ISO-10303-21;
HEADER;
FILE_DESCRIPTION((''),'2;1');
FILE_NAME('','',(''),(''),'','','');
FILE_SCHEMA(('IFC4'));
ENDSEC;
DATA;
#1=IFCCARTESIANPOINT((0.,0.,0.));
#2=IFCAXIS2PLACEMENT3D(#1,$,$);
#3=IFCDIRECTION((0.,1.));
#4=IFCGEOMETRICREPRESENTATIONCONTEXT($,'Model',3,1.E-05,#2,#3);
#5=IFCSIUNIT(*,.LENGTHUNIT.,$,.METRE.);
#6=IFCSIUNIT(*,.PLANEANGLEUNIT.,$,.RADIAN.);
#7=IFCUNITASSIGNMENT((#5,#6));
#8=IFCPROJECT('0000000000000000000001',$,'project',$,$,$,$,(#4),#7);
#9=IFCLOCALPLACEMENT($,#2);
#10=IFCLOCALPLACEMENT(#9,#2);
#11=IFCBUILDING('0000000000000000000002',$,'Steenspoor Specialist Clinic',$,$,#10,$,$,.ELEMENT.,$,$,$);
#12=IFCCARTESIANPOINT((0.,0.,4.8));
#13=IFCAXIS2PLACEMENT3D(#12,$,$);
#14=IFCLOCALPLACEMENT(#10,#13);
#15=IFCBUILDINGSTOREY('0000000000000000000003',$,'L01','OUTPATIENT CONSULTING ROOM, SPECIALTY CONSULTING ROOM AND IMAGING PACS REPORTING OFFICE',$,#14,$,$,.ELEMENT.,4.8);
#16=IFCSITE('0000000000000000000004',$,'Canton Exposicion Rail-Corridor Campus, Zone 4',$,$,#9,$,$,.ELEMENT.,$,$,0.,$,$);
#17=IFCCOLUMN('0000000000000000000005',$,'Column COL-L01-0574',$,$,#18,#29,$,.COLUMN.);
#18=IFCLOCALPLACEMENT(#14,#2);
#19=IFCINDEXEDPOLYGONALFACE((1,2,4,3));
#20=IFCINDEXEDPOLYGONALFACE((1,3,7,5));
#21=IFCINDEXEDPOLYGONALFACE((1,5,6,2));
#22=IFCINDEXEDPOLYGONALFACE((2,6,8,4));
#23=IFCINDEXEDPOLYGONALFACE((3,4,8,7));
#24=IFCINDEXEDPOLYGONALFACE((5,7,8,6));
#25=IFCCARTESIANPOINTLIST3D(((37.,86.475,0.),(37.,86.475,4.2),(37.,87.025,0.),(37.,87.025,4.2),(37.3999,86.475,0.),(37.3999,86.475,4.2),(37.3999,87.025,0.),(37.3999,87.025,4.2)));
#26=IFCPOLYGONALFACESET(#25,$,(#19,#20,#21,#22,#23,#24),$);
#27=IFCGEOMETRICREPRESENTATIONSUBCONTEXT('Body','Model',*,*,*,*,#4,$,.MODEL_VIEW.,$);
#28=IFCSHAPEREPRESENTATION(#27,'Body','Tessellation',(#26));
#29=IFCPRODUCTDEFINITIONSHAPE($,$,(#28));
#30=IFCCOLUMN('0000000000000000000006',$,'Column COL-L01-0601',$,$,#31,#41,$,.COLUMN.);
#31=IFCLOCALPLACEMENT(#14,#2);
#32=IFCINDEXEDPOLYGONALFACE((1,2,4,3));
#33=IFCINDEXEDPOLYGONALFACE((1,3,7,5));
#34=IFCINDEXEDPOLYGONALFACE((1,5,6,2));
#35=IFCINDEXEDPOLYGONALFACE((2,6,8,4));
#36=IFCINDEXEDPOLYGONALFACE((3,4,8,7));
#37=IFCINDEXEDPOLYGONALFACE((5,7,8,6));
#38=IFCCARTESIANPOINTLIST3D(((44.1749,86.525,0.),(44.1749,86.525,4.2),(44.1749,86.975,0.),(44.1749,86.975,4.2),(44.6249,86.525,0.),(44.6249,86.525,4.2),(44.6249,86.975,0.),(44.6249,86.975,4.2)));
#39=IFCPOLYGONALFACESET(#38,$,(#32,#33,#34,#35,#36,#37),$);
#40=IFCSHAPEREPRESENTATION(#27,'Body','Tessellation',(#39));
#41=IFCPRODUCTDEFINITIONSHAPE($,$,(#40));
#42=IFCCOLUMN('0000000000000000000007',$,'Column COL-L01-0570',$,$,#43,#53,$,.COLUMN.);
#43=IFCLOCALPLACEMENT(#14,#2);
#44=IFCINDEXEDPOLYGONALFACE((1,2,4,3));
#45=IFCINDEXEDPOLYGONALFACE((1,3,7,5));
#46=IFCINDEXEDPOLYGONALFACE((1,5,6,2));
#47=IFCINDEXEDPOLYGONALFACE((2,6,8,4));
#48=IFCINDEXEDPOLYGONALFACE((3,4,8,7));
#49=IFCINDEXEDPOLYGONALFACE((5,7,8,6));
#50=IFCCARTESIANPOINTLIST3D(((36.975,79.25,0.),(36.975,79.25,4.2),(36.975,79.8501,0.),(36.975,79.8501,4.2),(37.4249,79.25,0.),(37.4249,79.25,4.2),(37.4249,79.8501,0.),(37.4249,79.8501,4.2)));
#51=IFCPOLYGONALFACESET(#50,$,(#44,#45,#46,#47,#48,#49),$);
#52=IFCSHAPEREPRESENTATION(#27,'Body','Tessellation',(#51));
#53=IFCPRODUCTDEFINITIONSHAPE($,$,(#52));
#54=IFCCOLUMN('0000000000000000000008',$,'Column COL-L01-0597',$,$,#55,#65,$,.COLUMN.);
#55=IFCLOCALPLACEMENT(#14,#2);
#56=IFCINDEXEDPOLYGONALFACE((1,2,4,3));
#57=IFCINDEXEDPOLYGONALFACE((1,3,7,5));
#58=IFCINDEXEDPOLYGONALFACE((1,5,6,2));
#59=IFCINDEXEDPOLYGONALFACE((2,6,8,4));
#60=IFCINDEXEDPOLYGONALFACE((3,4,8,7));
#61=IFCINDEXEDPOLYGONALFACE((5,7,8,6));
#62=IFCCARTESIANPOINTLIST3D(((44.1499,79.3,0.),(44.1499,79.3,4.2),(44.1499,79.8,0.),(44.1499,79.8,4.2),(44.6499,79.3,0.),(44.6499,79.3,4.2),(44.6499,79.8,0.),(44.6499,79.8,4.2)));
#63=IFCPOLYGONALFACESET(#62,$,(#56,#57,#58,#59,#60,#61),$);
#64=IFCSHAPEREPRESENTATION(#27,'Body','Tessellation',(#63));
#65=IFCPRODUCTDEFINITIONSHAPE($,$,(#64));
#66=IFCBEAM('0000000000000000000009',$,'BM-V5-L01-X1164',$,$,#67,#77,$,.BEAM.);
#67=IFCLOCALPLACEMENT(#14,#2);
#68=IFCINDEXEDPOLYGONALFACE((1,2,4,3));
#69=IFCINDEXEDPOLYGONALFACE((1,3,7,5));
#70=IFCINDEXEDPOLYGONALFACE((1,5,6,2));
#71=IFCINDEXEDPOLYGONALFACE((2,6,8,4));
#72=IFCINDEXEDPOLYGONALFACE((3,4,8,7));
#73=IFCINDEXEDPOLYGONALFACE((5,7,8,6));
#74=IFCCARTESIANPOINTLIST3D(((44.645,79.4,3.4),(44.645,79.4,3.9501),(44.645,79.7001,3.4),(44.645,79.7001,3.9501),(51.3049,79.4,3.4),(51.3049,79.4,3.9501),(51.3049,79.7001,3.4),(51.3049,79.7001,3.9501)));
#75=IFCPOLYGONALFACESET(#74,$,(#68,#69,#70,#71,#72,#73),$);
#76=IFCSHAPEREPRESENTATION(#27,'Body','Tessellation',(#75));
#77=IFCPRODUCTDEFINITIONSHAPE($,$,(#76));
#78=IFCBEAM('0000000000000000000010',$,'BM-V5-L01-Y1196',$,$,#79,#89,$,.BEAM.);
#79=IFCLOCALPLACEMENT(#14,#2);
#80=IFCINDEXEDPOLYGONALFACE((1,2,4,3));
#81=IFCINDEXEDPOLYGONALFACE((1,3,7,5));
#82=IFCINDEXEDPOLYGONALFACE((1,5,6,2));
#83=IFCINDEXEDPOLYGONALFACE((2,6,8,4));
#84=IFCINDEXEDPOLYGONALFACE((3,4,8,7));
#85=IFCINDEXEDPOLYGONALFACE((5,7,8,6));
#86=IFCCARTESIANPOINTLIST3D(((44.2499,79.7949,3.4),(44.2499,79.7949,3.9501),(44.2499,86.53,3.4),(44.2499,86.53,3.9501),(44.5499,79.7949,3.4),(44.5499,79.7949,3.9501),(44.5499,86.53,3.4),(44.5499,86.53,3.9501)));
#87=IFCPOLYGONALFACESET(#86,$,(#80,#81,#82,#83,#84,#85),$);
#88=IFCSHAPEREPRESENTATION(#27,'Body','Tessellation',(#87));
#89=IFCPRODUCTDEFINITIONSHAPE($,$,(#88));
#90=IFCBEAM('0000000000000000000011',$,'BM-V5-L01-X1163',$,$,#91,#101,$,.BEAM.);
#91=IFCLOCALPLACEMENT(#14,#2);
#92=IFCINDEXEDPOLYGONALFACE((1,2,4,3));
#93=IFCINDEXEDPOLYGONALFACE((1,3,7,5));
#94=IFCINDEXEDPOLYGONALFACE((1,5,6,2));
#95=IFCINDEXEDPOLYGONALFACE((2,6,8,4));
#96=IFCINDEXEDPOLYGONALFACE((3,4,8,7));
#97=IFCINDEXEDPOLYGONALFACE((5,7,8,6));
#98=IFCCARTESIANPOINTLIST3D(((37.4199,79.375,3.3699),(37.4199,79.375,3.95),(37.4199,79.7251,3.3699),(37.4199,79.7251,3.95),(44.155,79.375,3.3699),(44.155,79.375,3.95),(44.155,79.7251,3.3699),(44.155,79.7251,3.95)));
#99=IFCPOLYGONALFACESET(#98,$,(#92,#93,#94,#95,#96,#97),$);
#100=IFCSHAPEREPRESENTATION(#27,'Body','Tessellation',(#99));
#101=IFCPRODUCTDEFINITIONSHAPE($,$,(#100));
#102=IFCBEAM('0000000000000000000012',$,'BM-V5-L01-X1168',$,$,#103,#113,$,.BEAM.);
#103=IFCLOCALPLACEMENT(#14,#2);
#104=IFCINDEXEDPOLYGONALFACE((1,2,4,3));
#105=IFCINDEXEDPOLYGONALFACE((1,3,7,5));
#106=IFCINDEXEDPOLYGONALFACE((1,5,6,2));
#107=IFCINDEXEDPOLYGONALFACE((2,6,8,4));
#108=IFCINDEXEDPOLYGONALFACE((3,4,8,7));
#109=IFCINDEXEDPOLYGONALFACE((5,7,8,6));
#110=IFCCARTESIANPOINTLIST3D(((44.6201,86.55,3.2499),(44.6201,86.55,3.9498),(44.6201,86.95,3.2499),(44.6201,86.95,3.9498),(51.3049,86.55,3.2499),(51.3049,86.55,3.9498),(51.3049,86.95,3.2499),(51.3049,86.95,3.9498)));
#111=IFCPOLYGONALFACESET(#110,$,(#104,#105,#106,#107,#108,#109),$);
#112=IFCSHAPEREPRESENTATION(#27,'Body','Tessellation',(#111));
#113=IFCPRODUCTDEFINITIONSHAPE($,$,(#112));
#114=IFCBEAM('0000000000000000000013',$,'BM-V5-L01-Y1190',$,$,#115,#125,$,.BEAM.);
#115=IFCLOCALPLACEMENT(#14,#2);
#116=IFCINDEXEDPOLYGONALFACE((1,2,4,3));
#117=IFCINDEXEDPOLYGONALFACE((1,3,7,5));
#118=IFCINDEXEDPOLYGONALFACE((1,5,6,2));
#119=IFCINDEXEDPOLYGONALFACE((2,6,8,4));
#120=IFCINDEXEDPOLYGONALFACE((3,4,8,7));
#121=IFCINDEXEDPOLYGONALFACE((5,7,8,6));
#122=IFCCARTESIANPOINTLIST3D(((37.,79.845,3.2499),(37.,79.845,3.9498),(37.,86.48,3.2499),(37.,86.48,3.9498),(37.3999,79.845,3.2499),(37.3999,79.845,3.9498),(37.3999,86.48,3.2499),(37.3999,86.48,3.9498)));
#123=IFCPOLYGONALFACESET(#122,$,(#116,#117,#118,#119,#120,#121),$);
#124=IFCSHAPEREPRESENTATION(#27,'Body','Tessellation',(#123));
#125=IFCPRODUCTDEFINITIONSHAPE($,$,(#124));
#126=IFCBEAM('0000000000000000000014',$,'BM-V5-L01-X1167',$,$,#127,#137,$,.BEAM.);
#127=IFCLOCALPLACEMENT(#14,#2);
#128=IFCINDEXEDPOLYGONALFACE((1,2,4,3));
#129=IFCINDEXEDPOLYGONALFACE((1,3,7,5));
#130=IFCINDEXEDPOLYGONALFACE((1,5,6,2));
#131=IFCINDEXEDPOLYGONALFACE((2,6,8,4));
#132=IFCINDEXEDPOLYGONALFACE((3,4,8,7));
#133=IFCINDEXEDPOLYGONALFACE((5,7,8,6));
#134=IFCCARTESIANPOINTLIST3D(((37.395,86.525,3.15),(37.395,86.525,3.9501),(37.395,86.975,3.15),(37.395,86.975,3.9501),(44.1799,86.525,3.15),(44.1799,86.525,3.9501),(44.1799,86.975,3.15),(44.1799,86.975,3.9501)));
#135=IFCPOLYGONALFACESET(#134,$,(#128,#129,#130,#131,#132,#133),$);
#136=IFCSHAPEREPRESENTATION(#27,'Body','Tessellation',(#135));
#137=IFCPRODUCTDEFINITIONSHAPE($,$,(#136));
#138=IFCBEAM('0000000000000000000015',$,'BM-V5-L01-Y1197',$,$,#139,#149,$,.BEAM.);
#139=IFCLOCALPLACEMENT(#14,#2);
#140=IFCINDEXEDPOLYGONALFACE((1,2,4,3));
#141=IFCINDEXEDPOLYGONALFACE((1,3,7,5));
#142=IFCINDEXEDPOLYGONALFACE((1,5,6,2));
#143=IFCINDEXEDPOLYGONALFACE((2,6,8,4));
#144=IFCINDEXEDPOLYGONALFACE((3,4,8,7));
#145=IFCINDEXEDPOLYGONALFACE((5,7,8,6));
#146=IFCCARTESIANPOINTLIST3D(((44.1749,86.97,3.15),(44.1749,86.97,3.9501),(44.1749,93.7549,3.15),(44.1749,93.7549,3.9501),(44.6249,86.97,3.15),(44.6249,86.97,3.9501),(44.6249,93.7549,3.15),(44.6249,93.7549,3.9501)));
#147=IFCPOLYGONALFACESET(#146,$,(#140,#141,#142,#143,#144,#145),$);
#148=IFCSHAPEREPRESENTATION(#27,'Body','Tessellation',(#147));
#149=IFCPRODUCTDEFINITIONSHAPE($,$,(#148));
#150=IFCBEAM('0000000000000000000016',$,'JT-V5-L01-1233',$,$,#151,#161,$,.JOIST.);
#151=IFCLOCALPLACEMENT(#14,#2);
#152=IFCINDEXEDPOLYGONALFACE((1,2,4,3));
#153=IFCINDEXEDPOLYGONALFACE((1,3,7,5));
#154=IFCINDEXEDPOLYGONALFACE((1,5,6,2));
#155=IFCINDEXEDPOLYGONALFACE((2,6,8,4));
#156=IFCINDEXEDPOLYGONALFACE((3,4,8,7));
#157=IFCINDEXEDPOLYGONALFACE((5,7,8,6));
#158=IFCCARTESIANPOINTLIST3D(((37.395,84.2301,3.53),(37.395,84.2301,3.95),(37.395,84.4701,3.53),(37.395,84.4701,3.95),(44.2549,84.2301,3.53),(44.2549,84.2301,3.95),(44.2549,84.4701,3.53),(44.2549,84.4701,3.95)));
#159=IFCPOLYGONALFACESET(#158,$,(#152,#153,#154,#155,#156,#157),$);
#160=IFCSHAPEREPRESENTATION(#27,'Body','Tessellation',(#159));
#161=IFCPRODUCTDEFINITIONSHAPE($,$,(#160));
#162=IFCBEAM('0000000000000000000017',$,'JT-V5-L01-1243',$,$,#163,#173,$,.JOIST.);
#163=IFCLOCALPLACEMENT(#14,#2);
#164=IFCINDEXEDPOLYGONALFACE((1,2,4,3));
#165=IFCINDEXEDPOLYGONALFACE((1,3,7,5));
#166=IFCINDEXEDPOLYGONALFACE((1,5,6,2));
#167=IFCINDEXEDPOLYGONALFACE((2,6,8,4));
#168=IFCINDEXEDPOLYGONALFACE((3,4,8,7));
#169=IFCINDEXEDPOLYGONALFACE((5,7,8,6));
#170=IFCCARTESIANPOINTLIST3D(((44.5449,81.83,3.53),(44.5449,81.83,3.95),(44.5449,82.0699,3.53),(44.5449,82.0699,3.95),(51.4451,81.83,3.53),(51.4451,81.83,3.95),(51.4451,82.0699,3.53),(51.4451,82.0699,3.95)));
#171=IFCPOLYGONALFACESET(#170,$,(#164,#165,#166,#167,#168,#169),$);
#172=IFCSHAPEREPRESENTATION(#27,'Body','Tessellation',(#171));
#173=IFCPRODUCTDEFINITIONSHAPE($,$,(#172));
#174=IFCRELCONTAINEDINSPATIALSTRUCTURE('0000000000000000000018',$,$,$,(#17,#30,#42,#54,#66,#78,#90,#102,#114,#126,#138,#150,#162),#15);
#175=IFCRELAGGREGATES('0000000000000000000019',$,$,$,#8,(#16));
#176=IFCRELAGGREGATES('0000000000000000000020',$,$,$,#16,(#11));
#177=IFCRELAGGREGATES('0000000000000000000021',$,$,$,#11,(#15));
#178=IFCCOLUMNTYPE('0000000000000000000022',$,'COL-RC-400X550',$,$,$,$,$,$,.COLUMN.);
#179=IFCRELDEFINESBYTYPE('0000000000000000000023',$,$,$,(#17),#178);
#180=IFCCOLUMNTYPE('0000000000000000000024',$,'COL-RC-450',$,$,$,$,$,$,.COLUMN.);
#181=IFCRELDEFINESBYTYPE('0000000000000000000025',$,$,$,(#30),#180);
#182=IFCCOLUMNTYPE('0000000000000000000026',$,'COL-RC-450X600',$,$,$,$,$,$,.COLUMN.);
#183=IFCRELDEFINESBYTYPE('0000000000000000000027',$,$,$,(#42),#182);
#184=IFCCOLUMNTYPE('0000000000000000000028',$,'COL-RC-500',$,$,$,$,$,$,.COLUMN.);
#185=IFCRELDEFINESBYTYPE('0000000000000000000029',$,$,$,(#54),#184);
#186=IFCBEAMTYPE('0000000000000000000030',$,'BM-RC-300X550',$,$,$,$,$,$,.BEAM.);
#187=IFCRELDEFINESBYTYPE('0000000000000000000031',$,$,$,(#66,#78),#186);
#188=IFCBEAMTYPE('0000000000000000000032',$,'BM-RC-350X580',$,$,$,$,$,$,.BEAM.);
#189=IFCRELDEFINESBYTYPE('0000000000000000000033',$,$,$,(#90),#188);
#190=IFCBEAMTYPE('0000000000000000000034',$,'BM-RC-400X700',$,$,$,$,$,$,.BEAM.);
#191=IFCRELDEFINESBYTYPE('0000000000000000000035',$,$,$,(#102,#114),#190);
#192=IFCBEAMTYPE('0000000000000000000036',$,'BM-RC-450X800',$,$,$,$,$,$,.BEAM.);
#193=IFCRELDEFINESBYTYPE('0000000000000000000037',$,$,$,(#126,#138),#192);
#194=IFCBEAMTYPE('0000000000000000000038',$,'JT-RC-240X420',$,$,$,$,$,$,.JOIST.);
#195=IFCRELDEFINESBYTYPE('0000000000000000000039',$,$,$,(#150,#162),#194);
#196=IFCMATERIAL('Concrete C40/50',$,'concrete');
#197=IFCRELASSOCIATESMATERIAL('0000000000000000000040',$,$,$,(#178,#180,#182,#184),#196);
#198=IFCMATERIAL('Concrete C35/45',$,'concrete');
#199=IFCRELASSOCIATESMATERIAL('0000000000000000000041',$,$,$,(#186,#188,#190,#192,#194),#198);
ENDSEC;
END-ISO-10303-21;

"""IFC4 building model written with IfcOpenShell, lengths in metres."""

from ifc_helpers import new_model, si_unit, direction, frame, origin, origin_2d, place, context, subcontext, project, spatial, rectangle, extrude, material, material_profile, profile_set, type_object, element, save


model = new_model("IFC4")

# Units and contexts
model_context = context("Model", 3, precision=1e-05, world=origin(), true_north=direction((0.0, 1.0)))
body_context = subcontext(model_context, "Body", "Model", "MODEL_VIEW")
ifc_project = project(units=[si_unit("LENGTHUNIT", "METRE"), si_unit("PLANEANGLEUNIT", "RADIAN")], contexts=[model_context])

# Site, building, storey
site_placement = place(None, origin())
site = spatial("IfcSite", under=ifc_project, at=site_placement, Name="Canton Exposicion Rail-Corridor Campus, Zone 4", CompositionType="ELEMENT", RefElevation=0.0)
building_placement = place(site_placement, origin())
building = spatial("IfcBuilding", under=site, at=building_placement, Name="Steenspoor Specialist Clinic", CompositionType="ELEMENT")
storey_placement = place(building_placement, frame((0.0, 0.0, 4.8)))
storey = spatial("IfcBuildingStorey", under=building, at=storey_placement, Name="L01", Description="OUTPATIENT CONSULTING ROOM, SPECIALTY CONSULTING ROOM AND IMAGING PACS REPORTING OFFICE", CompositionType="ELEMENT", Elevation=4.8)

# Columns
ifc_material_1 = material(Name="Concrete C40/50", Category="concrete")
ifc_material_profile_1 = material_profile(ifc_material_1, rectangle(XDim=0.3999, YDim=0.55, at=origin_2d()), Name="RC-COL-400X550")
ifc_profile_set_1 = profile_set([ifc_material_profile_1], Name="Concrete C40/50")
column_type_1 = type_object("IfcColumnType", Name="COL-RC-400X550", PredefinedType="COLUMN", material=ifc_profile_set_1)
column_1_placement = place(storey_placement, frame((37.2, 86.75, 0.0), z_axis=(0.0, 0.0, 1.0), x_axis=(1.0, 0.0, 0.0)))
element("IfcColumn", 1, at=column_1_placement, inside=storey, type_object=column_type_1, Name="Column COL-L01-0574", PredefinedType="COLUMN", context=body_context, shape_type="SweptSolid", body=[
    extrude(rectangle(XDim=0.3999, YDim=0.55, at=origin_2d()), origin(), (0.0, 0.0, 1.0), 4.2),
])
ifc_material_profile_2 = material_profile(ifc_material_1, rectangle(XDim=0.45, YDim=0.45, at=origin_2d()), Name="RC-COL-450X450")
ifc_profile_set_2 = profile_set([ifc_material_profile_2], Name="Concrete C40/50")
column_type_2 = type_object("IfcColumnType", Name="COL-RC-450", PredefinedType="COLUMN", material=ifc_profile_set_2)
column_2_placement = place(storey_placement, frame((44.3999, 86.75, 0.0), z_axis=(0.0, 0.0, 1.0), x_axis=(1.0, 0.0, 0.0)))
element("IfcColumn", 2, at=column_2_placement, inside=storey, type_object=column_type_2, Name="Column COL-L01-0601", PredefinedType="COLUMN", context=body_context, shape_type="SweptSolid", body=[
    extrude(rectangle(XDim=0.45, YDim=0.45, at=origin_2d()), origin(), (0.0, 0.0, 1.0), 4.2),
])
ifc_material_profile_3 = material_profile(ifc_material_1, rectangle(XDim=0.45, YDim=0.6001, at=origin_2d()), Name="RC-COL-450X600")
ifc_profile_set_3 = profile_set([ifc_material_profile_3], Name="Concrete C40/50")
column_type_3 = type_object("IfcColumnType", Name="COL-RC-450X600", PredefinedType="COLUMN", material=ifc_profile_set_3)
column_3_placement = place(storey_placement, frame((37.2, 79.55, 0.0), z_axis=(0.0, 0.0, 1.0), x_axis=(1.0, 0.0, 0.0)))
element("IfcColumn", 3, at=column_3_placement, inside=storey, type_object=column_type_3, Name="Column COL-L01-0570", PredefinedType="COLUMN", context=body_context, shape_type="SweptSolid", body=[
    extrude(rectangle(XDim=0.45, YDim=0.6001, at=origin_2d()), origin(), (0.0, 0.0, 1.0), 4.2),
])
ifc_material_profile_4 = material_profile(ifc_material_1, rectangle(XDim=0.5, YDim=0.5, at=origin_2d()), Name="RC-COL-500X500")
ifc_profile_set_4 = profile_set([ifc_material_profile_4], Name="Concrete C40/50")
column_type_4 = type_object("IfcColumnType", Name="COL-RC-500", PredefinedType="COLUMN", material=ifc_profile_set_4)
column_4_placement = place(storey_placement, frame((44.3999, 79.55, 0.0), z_axis=(0.0, 0.0, 1.0), x_axis=(1.0, 0.0, 0.0)))
element("IfcColumn", 4, at=column_4_placement, inside=storey, type_object=column_type_4, Name="Column COL-L01-0597", PredefinedType="COLUMN", context=body_context, shape_type="SweptSolid", body=[
    extrude(rectangle(XDim=0.5, YDim=0.5, at=origin_2d()), origin(), (0.0, 0.0, 1.0), 4.2),
])

# Beams
ifc_material_2 = material(Name="Concrete C35/45", Category="concrete")
ifc_material_profile_5 = material_profile(ifc_material_2, rectangle(XDim=0.3, YDim=0.55, at=origin_2d()), Name="RC-BM-300X550")
ifc_profile_set_5 = profile_set([ifc_material_profile_5], Name="Concrete C35/45")
beam_type_1 = type_object("IfcBeamType", Name="BM-RC-300X550", PredefinedType="BEAM", material=ifc_profile_set_5)
beam_1_placement = place(storey_placement, frame((44.645, 79.55, 3.675), z_axis=(1.0, 0.0, 0.0), x_axis=(0.0, 1.0, 0.0)))
element("IfcBeam", 5, at=beam_1_placement, inside=storey, type_object=beam_type_1, Name="BM-V5-L01-X1164", PredefinedType="BEAM", context=body_context, shape_type="SweptSolid", body=[
    extrude(rectangle(XDim=0.3, YDim=0.55, at=origin_2d()), origin(), (0.0, 0.0, 1.0), 6.6599),
])
beam_2_placement = place(storey_placement, frame((44.3999, 79.7949, 3.675), z_axis=(0.0, 1.0, 0.0), x_axis=(-1.0, 0.0, 0.0)))
element("IfcBeam", 6, at=beam_2_placement, inside=storey, type_object=beam_type_1, Name="BM-V5-L01-Y1196", PredefinedType="BEAM", context=body_context, shape_type="SweptSolid", body=[
    extrude(rectangle(XDim=0.3, YDim=0.55, at=origin_2d()), origin(), (0.0, 0.0, 1.0), 6.7351),
])
ifc_material_profile_6 = material_profile(ifc_material_2, rectangle(XDim=0.3501, YDim=0.5801, at=origin_2d()), Name="RC-BM-350X580")
ifc_profile_set_6 = profile_set([ifc_material_profile_6], Name="Concrete C35/45")
beam_type_2 = type_object("IfcBeamType", Name="BM-RC-350X580", PredefinedType="BEAM", material=ifc_profile_set_6)
beam_3_placement = place(storey_placement, frame((37.4199, 79.55, 3.6599), z_axis=(1.0, 0.0, 0.0), x_axis=(0.0, 1.0, 0.0)))
element("IfcBeam", 7, at=beam_3_placement, inside=storey, type_object=beam_type_2, Name="BM-V5-L01-X1163", PredefinedType="BEAM", context=body_context, shape_type="SweptSolid", body=[
    extrude(rectangle(XDim=0.3501, YDim=0.5801, at=origin_2d()), origin(), (0.0, 0.0, 1.0), 6.7351),
])
ifc_material_profile_7 = material_profile(ifc_material_2, rectangle(XDim=0.3999, YDim=0.7, at=origin_2d()), Name="RC-BM-400X700")
ifc_profile_set_7 = profile_set([ifc_material_profile_7], Name="Concrete C35/45")
beam_type_3 = type_object("IfcBeamType", Name="BM-RC-400X700", PredefinedType="BEAM", material=ifc_profile_set_7)
beam_4_placement = place(storey_placement, frame((44.6201, 86.75, 3.5999), z_axis=(1.0, 0.0, 0.0), x_axis=(0.0, 1.0, 0.0)))
element("IfcBeam", 8, at=beam_4_placement, inside=storey, type_object=beam_type_3, Name="BM-V5-L01-X1168", PredefinedType="BEAM", context=body_context, shape_type="SweptSolid", body=[
    extrude(rectangle(XDim=0.3999, YDim=0.7, at=origin_2d()), origin(), (0.0, 0.0, 1.0), 6.6848),
])
beam_5_placement = place(storey_placement, frame((37.2, 79.845, 3.5999), z_axis=(0.0, 1.0, 0.0), x_axis=(-1.0, 0.0, 0.0)))
element("IfcBeam", 9, at=beam_5_placement, inside=storey, type_object=beam_type_3, Name="BM-V5-L01-Y1190", PredefinedType="BEAM", context=body_context, shape_type="SweptSolid", body=[
    extrude(rectangle(XDim=0.3999, YDim=0.7, at=origin_2d()), origin(), (0.0, 0.0, 1.0), 6.635),
])
ifc_material_profile_8 = material_profile(ifc_material_2, rectangle(XDim=0.45, YDim=0.8, at=origin_2d()), Name="RC-BM-450X800")
ifc_profile_set_8 = profile_set([ifc_material_profile_8], Name="Concrete C35/45")
beam_type_4 = type_object("IfcBeamType", Name="BM-RC-450X800", PredefinedType="BEAM", material=ifc_profile_set_8)
for number, where, z_axis, x_axis, name in (
    (10, (37.395, 86.75, 3.55), (1.0, 0.0, 0.0), (0.0, 1.0, 0.0), "BM-V5-L01-X1167"),
    (11, (44.3999, 86.97, 3.55), (0.0, 1.0, 0.0), (-1.0, 0.0, 0.0), "BM-V5-L01-Y1197"),
):
    element("IfcBeam", number, at=place(storey_placement, frame(where, z_axis=z_axis, x_axis=x_axis)), inside=storey, type_object=beam_type_4, Name=name, PredefinedType="BEAM", context=body_context, shape_type="SweptSolid", body=[
        extrude(rectangle(XDim=0.45, YDim=0.8, at=origin_2d()), origin(), (0.0, 0.0, 1.0), 6.7849),
    ])
ifc_material_profile_9 = material_profile(ifc_material_2, rectangle(XDim=0.24, YDim=0.4199, at=origin_2d()), Name="RC-JT-240X420")
ifc_profile_set_9 = profile_set([ifc_material_profile_9], Name="Concrete C35/45")
beam_type_5 = type_object("IfcBeamType", Name="JT-RC-240X420", PredefinedType="JOIST", material=ifc_profile_set_9)
beam_6_placement = place(storey_placement, frame((37.395, 84.3501, 3.74), z_axis=(1.0, 0.0, 0.0), x_axis=(0.0, 1.0, 0.0)))
element("IfcBeam", 12, at=beam_6_placement, inside=storey, type_object=beam_type_5, Name="JT-V5-L01-1233", PredefinedType="JOIST", context=body_context, shape_type="SweptSolid", body=[
    extrude(rectangle(XDim=0.24, YDim=0.4199, at=origin_2d()), origin(), (0.0, 0.0, 1.0), 6.8599),
])
beam_7_placement = place(storey_placement, frame((44.5449, 81.95, 3.74), z_axis=(1.0, 0.0, 0.0), x_axis=(0.0, 1.0, 0.0)))
element("IfcBeam", 13, at=beam_7_placement, inside=storey, type_object=beam_type_5, Name="JT-V5-L01-1243", PredefinedType="JOIST", context=body_context, shape_type="SweptSolid", body=[
    extrude(rectangle(XDim=0.24, YDim=0.4199, at=origin_2d()), origin(), (0.0, 0.0, 1.0), 6.9001),
])

save(model, "model.ifc")
